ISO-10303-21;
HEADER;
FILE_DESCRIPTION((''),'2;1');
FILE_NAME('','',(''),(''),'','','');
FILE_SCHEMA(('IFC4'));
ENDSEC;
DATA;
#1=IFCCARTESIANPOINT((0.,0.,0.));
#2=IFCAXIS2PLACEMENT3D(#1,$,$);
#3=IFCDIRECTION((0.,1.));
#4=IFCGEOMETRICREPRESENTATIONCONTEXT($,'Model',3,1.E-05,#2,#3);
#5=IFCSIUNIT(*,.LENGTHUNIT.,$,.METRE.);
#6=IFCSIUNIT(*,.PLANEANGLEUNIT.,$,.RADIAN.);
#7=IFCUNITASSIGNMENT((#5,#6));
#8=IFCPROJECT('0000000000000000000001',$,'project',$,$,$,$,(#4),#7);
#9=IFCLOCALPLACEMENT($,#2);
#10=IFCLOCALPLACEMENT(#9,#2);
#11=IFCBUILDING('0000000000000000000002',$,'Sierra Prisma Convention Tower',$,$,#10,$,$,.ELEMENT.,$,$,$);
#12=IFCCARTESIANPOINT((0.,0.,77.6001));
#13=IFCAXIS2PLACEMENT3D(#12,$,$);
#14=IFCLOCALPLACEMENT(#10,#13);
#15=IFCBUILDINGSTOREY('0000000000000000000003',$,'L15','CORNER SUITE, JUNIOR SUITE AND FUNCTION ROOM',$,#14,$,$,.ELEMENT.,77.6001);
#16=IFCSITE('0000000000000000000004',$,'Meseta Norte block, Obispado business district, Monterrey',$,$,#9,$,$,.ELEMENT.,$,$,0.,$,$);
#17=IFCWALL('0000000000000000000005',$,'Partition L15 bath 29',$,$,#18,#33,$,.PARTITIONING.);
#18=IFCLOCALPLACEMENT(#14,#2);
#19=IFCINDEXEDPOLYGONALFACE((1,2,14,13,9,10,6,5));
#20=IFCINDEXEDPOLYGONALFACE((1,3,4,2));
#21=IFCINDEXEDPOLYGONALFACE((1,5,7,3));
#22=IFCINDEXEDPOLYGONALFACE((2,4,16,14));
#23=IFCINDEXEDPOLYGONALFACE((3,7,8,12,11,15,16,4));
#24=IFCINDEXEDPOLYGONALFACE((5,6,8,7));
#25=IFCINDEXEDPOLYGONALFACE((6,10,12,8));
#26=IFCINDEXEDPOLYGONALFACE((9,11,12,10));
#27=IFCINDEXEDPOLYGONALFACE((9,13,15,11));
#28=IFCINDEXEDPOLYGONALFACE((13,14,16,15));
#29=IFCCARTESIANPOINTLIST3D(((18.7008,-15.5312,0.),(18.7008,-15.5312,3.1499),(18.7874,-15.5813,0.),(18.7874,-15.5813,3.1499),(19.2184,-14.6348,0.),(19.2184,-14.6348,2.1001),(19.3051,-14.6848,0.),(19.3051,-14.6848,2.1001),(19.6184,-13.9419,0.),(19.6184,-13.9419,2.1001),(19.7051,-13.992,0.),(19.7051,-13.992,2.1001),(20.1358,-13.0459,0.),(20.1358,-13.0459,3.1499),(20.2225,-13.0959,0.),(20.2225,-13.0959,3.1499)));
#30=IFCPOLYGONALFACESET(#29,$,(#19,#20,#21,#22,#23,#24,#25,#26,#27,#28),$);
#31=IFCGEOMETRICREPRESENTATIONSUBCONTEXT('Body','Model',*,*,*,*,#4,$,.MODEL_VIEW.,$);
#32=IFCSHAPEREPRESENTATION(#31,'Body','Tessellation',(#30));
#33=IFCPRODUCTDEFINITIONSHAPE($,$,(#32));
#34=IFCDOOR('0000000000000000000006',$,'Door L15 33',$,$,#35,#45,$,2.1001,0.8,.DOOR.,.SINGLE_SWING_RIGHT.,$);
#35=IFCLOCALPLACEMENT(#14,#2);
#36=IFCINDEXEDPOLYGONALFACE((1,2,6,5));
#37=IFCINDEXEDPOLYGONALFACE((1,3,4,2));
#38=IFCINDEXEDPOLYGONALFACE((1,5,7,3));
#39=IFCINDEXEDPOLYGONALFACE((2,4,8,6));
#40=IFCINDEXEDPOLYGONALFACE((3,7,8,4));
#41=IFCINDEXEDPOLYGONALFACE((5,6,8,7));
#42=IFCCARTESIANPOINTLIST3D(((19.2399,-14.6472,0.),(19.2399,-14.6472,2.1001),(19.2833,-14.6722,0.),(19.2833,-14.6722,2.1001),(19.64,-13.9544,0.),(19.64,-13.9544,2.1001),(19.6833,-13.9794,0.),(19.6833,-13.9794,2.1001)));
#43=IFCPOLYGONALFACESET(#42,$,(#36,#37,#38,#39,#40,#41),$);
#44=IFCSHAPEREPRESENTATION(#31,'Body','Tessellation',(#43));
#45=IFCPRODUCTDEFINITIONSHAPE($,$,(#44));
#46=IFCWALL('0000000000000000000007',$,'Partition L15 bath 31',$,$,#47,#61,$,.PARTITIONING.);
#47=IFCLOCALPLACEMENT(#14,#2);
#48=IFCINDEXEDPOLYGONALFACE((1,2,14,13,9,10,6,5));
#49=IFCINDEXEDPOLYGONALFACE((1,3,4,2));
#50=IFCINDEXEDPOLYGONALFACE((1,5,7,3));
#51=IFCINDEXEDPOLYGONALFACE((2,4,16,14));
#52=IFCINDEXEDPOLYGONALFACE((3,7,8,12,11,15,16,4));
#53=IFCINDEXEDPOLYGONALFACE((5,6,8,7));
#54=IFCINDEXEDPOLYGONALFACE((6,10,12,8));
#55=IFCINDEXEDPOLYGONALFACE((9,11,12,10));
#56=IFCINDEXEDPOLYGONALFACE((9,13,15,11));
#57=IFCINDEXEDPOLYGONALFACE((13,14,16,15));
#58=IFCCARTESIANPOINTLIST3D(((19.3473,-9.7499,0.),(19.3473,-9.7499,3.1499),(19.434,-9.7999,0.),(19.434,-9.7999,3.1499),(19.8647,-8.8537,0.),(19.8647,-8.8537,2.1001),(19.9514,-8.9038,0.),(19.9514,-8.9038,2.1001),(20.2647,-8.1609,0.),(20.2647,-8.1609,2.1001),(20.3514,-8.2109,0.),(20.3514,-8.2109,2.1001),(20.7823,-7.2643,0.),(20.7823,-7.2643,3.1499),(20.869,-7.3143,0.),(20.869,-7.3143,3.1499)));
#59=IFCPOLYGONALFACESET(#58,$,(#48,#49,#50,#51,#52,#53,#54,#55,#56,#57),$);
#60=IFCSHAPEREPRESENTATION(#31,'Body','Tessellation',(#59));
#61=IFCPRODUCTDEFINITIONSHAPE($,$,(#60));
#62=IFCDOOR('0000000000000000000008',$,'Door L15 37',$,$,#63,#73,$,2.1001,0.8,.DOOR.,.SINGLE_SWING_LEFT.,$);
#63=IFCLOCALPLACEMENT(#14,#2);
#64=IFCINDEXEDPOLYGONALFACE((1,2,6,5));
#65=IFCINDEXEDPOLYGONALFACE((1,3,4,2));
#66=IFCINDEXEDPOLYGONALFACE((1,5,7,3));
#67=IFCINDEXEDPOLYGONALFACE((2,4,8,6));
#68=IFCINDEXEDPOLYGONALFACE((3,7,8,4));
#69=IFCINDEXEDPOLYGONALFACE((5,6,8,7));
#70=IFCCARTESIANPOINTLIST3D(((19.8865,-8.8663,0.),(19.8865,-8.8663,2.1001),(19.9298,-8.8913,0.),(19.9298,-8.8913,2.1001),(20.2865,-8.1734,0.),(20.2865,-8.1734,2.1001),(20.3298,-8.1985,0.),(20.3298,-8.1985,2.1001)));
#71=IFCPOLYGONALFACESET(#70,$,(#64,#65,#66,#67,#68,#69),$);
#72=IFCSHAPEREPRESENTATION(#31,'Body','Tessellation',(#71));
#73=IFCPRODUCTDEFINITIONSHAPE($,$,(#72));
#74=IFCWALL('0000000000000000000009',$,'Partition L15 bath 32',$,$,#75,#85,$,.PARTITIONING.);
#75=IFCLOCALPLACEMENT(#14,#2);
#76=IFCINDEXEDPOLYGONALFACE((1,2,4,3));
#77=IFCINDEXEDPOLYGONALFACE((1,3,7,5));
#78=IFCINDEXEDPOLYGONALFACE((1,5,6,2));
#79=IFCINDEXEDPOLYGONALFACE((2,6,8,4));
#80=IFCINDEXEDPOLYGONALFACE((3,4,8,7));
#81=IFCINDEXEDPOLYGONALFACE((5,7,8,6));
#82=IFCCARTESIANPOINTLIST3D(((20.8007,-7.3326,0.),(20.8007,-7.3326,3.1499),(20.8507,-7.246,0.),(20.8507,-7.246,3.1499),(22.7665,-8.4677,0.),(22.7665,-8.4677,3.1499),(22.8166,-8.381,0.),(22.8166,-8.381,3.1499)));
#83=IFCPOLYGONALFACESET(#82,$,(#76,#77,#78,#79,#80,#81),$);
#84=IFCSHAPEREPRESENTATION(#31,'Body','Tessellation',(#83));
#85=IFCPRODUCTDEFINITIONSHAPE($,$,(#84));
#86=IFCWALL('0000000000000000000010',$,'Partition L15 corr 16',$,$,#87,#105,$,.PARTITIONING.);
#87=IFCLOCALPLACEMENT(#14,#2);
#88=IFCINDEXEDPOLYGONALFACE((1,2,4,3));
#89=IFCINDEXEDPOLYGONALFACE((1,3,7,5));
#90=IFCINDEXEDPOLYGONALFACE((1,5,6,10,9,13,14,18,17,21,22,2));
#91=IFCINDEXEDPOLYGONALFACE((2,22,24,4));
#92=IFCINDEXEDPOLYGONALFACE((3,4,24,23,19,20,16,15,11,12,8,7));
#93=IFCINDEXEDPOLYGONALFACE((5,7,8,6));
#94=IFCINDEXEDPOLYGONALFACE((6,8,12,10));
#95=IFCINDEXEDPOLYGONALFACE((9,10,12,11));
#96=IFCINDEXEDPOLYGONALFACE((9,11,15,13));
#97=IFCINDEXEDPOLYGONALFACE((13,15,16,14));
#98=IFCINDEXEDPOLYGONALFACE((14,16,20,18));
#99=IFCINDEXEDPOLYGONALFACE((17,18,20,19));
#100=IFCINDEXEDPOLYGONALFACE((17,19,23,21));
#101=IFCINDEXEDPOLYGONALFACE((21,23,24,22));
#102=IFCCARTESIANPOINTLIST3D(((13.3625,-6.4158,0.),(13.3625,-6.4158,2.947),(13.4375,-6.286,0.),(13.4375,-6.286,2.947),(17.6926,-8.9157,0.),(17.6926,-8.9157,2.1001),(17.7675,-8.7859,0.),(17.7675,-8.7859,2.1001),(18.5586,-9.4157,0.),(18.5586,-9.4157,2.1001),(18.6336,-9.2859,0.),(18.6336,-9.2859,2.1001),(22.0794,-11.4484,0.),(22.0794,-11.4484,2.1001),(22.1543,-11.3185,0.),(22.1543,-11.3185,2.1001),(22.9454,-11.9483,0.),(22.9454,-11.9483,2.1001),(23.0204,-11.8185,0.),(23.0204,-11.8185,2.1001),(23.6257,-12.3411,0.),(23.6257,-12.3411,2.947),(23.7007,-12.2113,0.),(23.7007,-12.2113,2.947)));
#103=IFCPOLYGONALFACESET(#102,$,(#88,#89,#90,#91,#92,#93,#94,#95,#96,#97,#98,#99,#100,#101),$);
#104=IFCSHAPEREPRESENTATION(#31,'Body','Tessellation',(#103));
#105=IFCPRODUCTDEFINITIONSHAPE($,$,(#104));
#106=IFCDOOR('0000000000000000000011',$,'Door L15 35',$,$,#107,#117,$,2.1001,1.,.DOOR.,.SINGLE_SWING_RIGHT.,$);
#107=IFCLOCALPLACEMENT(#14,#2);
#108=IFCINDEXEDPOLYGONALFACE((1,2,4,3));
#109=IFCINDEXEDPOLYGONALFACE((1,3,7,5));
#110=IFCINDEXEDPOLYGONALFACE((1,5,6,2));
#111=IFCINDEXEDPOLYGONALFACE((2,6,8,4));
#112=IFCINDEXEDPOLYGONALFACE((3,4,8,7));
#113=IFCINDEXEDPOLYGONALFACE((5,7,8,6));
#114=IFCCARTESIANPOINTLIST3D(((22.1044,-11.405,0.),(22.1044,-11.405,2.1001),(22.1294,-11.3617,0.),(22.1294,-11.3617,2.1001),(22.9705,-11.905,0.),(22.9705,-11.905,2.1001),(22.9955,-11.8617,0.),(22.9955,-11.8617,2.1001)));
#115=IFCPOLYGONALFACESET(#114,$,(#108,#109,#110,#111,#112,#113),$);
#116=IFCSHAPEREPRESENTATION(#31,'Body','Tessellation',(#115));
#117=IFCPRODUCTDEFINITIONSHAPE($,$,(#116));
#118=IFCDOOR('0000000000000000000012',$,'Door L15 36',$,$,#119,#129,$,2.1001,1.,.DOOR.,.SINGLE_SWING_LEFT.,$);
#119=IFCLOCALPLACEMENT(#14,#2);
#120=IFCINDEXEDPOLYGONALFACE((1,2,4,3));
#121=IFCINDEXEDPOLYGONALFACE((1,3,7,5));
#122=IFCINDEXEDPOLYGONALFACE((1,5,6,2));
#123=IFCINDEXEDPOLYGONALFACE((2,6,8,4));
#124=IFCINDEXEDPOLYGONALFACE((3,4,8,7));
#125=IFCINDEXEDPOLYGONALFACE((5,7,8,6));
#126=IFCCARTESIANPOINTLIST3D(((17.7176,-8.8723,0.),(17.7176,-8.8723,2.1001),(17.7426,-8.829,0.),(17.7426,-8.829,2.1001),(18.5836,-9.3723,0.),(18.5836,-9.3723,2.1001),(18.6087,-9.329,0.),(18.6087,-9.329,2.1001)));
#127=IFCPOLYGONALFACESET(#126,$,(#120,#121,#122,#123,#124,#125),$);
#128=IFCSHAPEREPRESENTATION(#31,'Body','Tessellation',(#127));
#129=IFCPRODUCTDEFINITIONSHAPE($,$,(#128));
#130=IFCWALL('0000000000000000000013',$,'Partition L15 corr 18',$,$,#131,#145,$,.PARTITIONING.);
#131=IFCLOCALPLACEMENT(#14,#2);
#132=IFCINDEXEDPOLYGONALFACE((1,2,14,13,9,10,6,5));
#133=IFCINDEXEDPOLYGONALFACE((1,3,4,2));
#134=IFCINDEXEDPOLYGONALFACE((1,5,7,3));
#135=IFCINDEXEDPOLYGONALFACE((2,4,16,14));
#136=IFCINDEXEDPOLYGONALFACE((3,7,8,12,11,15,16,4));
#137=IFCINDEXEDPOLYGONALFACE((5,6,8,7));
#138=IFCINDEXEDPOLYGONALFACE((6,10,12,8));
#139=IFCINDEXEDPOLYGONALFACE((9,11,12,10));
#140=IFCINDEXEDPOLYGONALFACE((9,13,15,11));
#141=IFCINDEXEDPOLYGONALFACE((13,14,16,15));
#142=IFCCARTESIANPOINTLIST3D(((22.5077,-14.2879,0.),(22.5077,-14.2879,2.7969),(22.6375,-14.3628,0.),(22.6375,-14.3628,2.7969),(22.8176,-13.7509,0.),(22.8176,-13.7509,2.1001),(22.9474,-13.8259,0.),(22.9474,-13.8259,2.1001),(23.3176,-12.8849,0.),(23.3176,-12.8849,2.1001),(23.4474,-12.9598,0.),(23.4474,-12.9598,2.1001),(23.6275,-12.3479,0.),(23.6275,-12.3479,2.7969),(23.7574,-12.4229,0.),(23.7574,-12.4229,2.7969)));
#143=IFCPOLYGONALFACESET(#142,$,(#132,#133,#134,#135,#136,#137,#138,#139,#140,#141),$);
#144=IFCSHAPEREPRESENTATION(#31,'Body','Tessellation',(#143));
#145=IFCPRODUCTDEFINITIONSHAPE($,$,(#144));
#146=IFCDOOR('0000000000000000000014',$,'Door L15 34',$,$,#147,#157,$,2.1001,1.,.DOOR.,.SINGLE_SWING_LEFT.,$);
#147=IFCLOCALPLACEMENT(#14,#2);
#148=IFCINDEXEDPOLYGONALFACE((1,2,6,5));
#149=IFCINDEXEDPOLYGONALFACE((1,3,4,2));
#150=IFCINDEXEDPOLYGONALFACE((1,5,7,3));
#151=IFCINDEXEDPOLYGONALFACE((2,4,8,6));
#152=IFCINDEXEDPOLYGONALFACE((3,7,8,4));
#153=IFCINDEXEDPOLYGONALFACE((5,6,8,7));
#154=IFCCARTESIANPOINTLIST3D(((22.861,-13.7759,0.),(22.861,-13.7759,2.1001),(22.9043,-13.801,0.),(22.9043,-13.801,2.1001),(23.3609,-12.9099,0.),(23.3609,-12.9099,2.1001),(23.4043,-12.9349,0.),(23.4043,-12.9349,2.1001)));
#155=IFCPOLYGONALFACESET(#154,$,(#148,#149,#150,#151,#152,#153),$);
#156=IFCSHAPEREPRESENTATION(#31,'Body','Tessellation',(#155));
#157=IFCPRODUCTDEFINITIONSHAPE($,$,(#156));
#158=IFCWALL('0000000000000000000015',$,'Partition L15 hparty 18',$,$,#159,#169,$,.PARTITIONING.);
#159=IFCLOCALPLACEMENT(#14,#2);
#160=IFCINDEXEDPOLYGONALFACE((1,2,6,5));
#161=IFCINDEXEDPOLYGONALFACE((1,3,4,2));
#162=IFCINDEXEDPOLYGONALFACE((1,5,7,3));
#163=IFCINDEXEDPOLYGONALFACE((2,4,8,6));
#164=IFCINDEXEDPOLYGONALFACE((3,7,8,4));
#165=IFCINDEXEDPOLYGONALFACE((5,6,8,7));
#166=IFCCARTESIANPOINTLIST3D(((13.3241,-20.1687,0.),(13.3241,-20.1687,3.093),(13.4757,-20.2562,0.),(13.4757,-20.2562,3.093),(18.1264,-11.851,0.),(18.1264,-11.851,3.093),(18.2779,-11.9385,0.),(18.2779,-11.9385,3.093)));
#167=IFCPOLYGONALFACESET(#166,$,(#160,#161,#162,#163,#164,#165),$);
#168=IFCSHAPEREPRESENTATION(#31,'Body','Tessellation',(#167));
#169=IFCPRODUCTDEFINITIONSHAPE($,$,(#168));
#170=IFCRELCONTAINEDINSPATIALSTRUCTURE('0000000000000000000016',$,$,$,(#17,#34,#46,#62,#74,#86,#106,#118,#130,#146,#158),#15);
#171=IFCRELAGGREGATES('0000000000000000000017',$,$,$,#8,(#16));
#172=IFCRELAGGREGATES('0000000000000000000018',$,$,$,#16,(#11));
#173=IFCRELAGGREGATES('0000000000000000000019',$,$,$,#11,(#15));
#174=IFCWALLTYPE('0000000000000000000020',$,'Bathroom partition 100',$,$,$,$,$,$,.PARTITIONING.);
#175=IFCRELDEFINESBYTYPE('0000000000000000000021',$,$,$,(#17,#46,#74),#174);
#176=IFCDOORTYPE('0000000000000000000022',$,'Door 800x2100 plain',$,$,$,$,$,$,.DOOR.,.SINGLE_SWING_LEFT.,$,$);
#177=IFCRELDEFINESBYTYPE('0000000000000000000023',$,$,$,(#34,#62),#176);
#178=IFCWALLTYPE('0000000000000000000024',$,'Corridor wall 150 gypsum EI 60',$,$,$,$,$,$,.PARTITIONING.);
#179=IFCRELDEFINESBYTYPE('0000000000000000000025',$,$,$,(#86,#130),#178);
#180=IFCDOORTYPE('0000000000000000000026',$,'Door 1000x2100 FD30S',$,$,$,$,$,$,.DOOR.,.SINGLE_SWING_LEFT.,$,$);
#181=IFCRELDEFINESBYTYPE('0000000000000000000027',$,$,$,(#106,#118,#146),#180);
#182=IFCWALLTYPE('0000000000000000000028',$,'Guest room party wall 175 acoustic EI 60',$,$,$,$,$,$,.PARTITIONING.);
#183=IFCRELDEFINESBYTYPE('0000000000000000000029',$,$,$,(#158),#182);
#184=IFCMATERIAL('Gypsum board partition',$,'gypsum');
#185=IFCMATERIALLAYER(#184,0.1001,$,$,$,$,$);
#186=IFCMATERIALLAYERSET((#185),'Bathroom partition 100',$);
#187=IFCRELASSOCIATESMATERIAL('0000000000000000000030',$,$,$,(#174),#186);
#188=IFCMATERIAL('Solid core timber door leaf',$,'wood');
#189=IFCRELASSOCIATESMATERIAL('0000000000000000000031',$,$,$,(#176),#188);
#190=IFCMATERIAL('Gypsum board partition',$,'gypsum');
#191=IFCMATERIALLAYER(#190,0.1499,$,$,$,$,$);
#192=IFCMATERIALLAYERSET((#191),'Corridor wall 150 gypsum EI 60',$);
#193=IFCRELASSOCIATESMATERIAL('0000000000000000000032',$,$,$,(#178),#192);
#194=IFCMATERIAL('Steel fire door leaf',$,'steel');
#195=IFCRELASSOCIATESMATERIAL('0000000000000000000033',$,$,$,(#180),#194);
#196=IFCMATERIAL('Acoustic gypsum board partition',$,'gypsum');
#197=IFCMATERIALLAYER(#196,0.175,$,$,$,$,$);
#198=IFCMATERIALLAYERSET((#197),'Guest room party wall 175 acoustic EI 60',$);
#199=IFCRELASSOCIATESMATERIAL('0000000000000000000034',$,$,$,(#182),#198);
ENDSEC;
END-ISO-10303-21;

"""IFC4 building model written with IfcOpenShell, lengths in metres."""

from ifc_helpers import new_model, si_unit, direction, frame, frame_2d, origin, place, context, subcontext, project, spatial, rectangle, extrude, material, layer, layer_set, type_object, element, fill, save


model = new_model("IFC4")

# Units and contexts
model_context = context("Model", 3, precision=1e-05, world=origin(), true_north=direction((0.0, 1.0)))
body_context = subcontext(model_context, "Body", "Model", "MODEL_VIEW")
ifc_project = project(units=[si_unit("LENGTHUNIT", "METRE"), si_unit("PLANEANGLEUNIT", "RADIAN")], contexts=[model_context])

# Site, building, storey
site_placement = place(None, origin())
site = spatial("IfcSite", under=ifc_project, at=site_placement, Name="Meseta Norte block, Obispado business district, Monterrey", CompositionType="ELEMENT", RefElevation=0.0)
building_placement = place(site_placement, origin())
building = spatial("IfcBuilding", under=site, at=building_placement, Name="Sierra Prisma Convention Tower", CompositionType="ELEMENT")
storey_placement = place(building_placement, frame((0.0, 0.0, 77.6001)))
storey = spatial("IfcBuildingStorey", under=building, at=storey_placement, Name="L15", Description="CORNER SUITE, JUNIOR SUITE AND FUNCTION ROOM", CompositionType="ELEMENT", Elevation=77.6001)

# Walls, openings, doors
ifc_material_1 = material(Name="Gypsum board partition", Category="gypsum")
ifc_layer_1 = layer(ifc_material_1, 0.1001)
ifc_layer_set_1 = layer_set([ifc_layer_1], Name="Bathroom partition 100")
wall_type_1 = type_object("IfcWallType", Name="Bathroom partition 100", PredefinedType="PARTITIONING", material=ifc_layer_set_1)
wall_1_placement = place(storey_placement, frame((20.1792, -13.0708, 0.0), z_axis=(0.0, 0.0, 1.0), x_axis=(-0.500037, -0.866004, 0.0)))
wall_1 = element("IfcWall", 1, at=wall_1_placement, inside=storey, type_object=wall_type_1, Name="Partition L15 bath 29", PredefinedType="PARTITIONING", context=body_context, shape_type="SweptSolid", body=[
    extrude(rectangle(XDim=2.8699, YDim=0.1001, at=frame_2d((1.4351, 0.0))), origin(), (0.0, 0.0, 1.0), 3.1499),
])
opening_1_placement = place(wall_1_placement, frame((1.0349, 0.0, 0.0)))
opening_1 = element("IfcOpeningElement", 2, at=opening_1_placement, cuts=wall_1, PredefinedType="OPENING", context=body_context, shape_type="SweptSolid", body=[
    extrude(rectangle(XDim=0.8, YDim=2.1001, at=frame_2d((0.3999, 1.05))), frame((0.0, 0.05, 0.0), z_axis=(0.0, -1.0, 0.0), x_axis=(1.0, 0.0, 0.0)), (0.0, 0.0, 1.0), 0.1001),
])
ifc_material_2 = material(Name="Solid core timber door leaf", Category="wood")
door_type_1 = type_object("IfcDoorType", Name="Door 800x2100 plain", OperationType="SINGLE_SWING_LEFT", PredefinedType="DOOR", material=ifc_material_2)
door_1_placement = place(opening_1_placement, origin())
door_1 = element("IfcDoor", 3, at=door_1_placement, inside=storey, type_object=door_type_1, Name="Door L15 33", OperationType="SINGLE_SWING_RIGHT", OverallHeight=2.1001, OverallWidth=0.8, PredefinedType="DOOR", context=body_context, shape_type="SweptSolid", body=[
    extrude(rectangle(XDim=0.8, YDim=2.1001, at=frame_2d((0.3999, 1.05))), frame((0.0, 0.0249, 0.0), z_axis=(0.0, -1.0, 0.0), x_axis=(1.0, 0.0, 0.0)), (0.0, 0.0, 1.0), 0.05),
])
fill(opening_1, door_1)
wall_2_placement = place(storey_placement, frame((19.3906, -9.7749, 0.0), z_axis=(0.0, 0.0, 1.0), x_axis=(0.5, 0.866026, 0.0)))
wall_2 = element("IfcWall", 4, at=wall_2_placement, inside=storey, type_object=wall_type_1, Name="Partition L15 bath 31", PredefinedType="PARTITIONING", context=body_context, shape_type="SweptSolid", body=[
    extrude(rectangle(XDim=2.8701, YDim=0.1001, at=frame_2d((1.4351, 0.0))), origin(), (0.0, 0.0, 1.0), 3.1499),
])
opening_2_placement = place(wall_2_placement, frame((1.0349, 0.0, 0.0)))
opening_2 = element("IfcOpeningElement", 5, at=opening_2_placement, cuts=wall_2, PredefinedType="OPENING", context=body_context, shape_type="SweptSolid", body=[
    extrude(rectangle(XDim=0.8, YDim=2.1001, at=frame_2d((0.3999, 1.05))), frame((0.0, 0.05, 0.0), z_axis=(0.0, -1.0, 0.0), x_axis=(1.0, 0.0, 0.0)), (0.0, 0.0, 1.0), 0.1001),
])
door_2_placement = place(opening_2_placement, origin())
door_2 = element("IfcDoor", 6, at=door_2_placement, inside=storey, type_object=door_type_1, Name="Door L15 37", OperationType="SINGLE_SWING_LEFT", OverallHeight=2.1001, OverallWidth=0.8, PredefinedType="DOOR", context=body_context, shape_type="SweptSolid", body=[
    extrude(rectangle(XDim=0.8, YDim=2.1001, at=frame_2d((0.3999, 1.05))), frame((0.0, 0.0249, 0.0), z_axis=(0.0, -1.0, 0.0), x_axis=(1.0, 0.0, 0.0)), (0.0, 0.0, 1.0), 0.05),
])
fill(opening_2, door_2)

# Wall
wall_3_placement = place(storey_placement, frame((20.8257, -7.2893, 0.0), z_axis=(0.0, 0.0, 1.0), x_axis=(0.866017, -0.500014, 0.0)))
element("IfcWall", 7, at=wall_3_placement, inside=storey, type_object=wall_type_1, Name="Partition L15 bath 32", PredefinedType="PARTITIONING", context=body_context, shape_type="SweptSolid", body=[
    extrude(rectangle(XDim=2.27, YDim=0.1001, at=frame_2d((1.135, 0.0))), origin(), (0.0, 0.0, 1.0), 3.1499),
])

# Wall, openings, doors
ifc_material_3 = material(Name="Gypsum board partition", Category="gypsum")
ifc_layer_2 = layer(ifc_material_3, 0.1499)
ifc_layer_set_2 = layer_set([ifc_layer_2], Name="Corridor wall 150 gypsum EI 60")
wall_type_2 = type_object("IfcWallType", Name="Corridor wall 150 gypsum EI 60", PredefinedType="PARTITIONING", material=ifc_layer_set_2)
wall_4_placement = place(storey_placement, frame((23.6631, -12.2761, 0.0), z_axis=(0.0, 0.0, 1.0), x_axis=(-0.866031, 0.49999, 0.0)))
wall_4 = element("IfcWall", 8, at=wall_4_placement, inside=storey, type_object=wall_type_2, Name="Partition L15 corr 16", PredefinedType="PARTITIONING", context=body_context, shape_type="SweptSolid", body=[
    extrude(rectangle(XDim=11.8508, YDim=0.1499, at=frame_2d((5.9253, 0.0))), origin(), (0.0, 0.0, 1.0), 2.947),
])
opening_3_placement = place(wall_4_placement, frame((0.7854, 0.0, 0.0)))
opening_3 = element("IfcOpeningElement", 9, at=opening_3_placement, cuts=wall_4, PredefinedType="OPENING", context=body_context, shape_type="SweptSolid", body=[
    extrude(rectangle(XDim=1.0, YDim=2.1001, at=frame_2d((0.5, 1.05))), frame((0.0, 0.075, 0.0), z_axis=(0.0, -1.0, 0.0), x_axis=(1.0, 0.0, 0.0)), (0.0, 0.0, 1.0), 0.1499),
])
opening_4_placement = place(wall_4_placement, frame((5.8508, 0.0, 0.0)))
opening_4 = element("IfcOpeningElement", 10, at=opening_4_placement, cuts=wall_4, PredefinedType="OPENING", context=body_context, shape_type="SweptSolid", body=[
    extrude(rectangle(XDim=1.0, YDim=2.1001, at=frame_2d((0.5, 1.05))), frame((0.0, 0.075, 0.0), z_axis=(0.0, -1.0, 0.0), x_axis=(1.0, 0.0, 0.0)), (0.0, 0.0, 1.0), 0.1499),
])
ifc_material_4 = material(Name="Steel fire door leaf", Category="steel")
door_type_2 = type_object("IfcDoorType", Name="Door 1000x2100 FD30S", OperationType="SINGLE_SWING_LEFT", PredefinedType="DOOR", material=ifc_material_4)
door_3_placement = place(opening_3_placement, origin())
door_3 = element("IfcDoor", 11, at=door_3_placement, inside=storey, type_object=door_type_2, Name="Door L15 35", OperationType="SINGLE_SWING_RIGHT", OverallHeight=2.1001, OverallWidth=1.0, PredefinedType="DOOR", context=body_context, shape_type="SweptSolid", body=[
    extrude(rectangle(XDim=1.0, YDim=2.1001, at=frame_2d((0.5, 1.05))), frame((0.0, 0.0249, 0.0), z_axis=(0.0, -1.0, 0.0), x_axis=(1.0, 0.0, 0.0)), (0.0, 0.0, 1.0), 0.05),
])
fill(opening_3, door_3)
door_4_placement = place(opening_4_placement, origin())
door_4 = element("IfcDoor", 12, at=door_4_placement, inside=storey, type_object=door_type_2, Name="Door L15 36", OperationType="SINGLE_SWING_LEFT", OverallHeight=2.1001, OverallWidth=1.0, PredefinedType="DOOR", context=body_context, shape_type="SweptSolid", body=[
    extrude(rectangle(XDim=1.0, YDim=2.1001, at=frame_2d((0.5, 1.05))), frame((0.0, 0.0249, 0.0), z_axis=(0.0, -1.0, 0.0), x_axis=(1.0, 0.0, 0.0)), (0.0, 0.0, 1.0), 0.05),
])
fill(opening_4, door_4)

# Wall, opening, door
wall_5_placement = place(storey_placement, frame((22.5725, -14.3254, 0.0), z_axis=(0.0, 0.0, 1.0), x_axis=(0.499949, 0.866055, 0.0)))
wall_5 = element("IfcWall", 13, at=wall_5_placement, inside=storey, type_object=wall_type_2, Name="Partition L15 corr 18", PredefinedType="PARTITIONING", context=body_context, shape_type="SweptSolid", body=[
    extrude(rectangle(XDim=2.24, YDim=0.1499, at=frame_2d((1.1201, 0.0))), origin(), (0.0, 0.0, 1.0), 2.7969),
])
opening_5_placement = place(wall_5_placement, frame((0.6201, 0.0, 0.0)))
opening_5 = element("IfcOpeningElement", 14, at=opening_5_placement, cuts=wall_5, PredefinedType="OPENING", context=body_context, shape_type="SweptSolid", body=[
    extrude(rectangle(XDim=1.0, YDim=2.1001, at=frame_2d((0.5, 1.05))), frame((0.0, 0.075, 0.0), z_axis=(0.0, -1.0, 0.0), x_axis=(1.0, 0.0, 0.0)), (0.0, 0.0, 1.0), 0.1499),
])
door_5_placement = place(opening_5_placement, origin())
door_5 = element("IfcDoor", 15, at=door_5_placement, inside=storey, type_object=door_type_2, Name="Door L15 34", OperationType="SINGLE_SWING_LEFT", OverallHeight=2.1001, OverallWidth=1.0, PredefinedType="DOOR", context=body_context, shape_type="SweptSolid", body=[
    extrude(rectangle(XDim=1.0, YDim=2.1001, at=frame_2d((0.5, 1.05))), frame((0.0, 0.0249, 0.0), z_axis=(0.0, -1.0, 0.0), x_axis=(1.0, 0.0, 0.0)), (0.0, 0.0, 1.0), 0.05),
])
fill(opening_5, door_5)

# Wall
ifc_material_5 = material(Name="Acoustic gypsum board partition", Category="gypsum")
ifc_layer_3 = layer(ifc_material_5, 0.175)
ifc_layer_set_3 = layer_set([ifc_layer_3], Name="Guest room party wall 175 acoustic EI 60")
wall_type_3 = type_object("IfcWallType", Name="Guest room party wall 175 acoustic EI 60", PredefinedType="PARTITIONING", material=ifc_layer_set_3)
wall_6_placement = place(storey_placement, frame((18.2021, -11.8948, 0.0), z_axis=(0.0, 0.0, 1.0), x_axis=(-0.500005, -0.866023, 0.0)))
element("IfcWall", 16, at=wall_6_placement, inside=storey, type_object=wall_type_3, Name="Partition L15 hparty 18", PredefinedType="PARTITIONING", context=body_context, shape_type="SweptSolid", body=[
    extrude(rectangle(XDim=9.6045, YDim=0.175, at=frame_2d((4.8022, 0.0))), origin(), (0.0, 0.0, 1.0), 3.093),
])

save(model, "model.ifc")
